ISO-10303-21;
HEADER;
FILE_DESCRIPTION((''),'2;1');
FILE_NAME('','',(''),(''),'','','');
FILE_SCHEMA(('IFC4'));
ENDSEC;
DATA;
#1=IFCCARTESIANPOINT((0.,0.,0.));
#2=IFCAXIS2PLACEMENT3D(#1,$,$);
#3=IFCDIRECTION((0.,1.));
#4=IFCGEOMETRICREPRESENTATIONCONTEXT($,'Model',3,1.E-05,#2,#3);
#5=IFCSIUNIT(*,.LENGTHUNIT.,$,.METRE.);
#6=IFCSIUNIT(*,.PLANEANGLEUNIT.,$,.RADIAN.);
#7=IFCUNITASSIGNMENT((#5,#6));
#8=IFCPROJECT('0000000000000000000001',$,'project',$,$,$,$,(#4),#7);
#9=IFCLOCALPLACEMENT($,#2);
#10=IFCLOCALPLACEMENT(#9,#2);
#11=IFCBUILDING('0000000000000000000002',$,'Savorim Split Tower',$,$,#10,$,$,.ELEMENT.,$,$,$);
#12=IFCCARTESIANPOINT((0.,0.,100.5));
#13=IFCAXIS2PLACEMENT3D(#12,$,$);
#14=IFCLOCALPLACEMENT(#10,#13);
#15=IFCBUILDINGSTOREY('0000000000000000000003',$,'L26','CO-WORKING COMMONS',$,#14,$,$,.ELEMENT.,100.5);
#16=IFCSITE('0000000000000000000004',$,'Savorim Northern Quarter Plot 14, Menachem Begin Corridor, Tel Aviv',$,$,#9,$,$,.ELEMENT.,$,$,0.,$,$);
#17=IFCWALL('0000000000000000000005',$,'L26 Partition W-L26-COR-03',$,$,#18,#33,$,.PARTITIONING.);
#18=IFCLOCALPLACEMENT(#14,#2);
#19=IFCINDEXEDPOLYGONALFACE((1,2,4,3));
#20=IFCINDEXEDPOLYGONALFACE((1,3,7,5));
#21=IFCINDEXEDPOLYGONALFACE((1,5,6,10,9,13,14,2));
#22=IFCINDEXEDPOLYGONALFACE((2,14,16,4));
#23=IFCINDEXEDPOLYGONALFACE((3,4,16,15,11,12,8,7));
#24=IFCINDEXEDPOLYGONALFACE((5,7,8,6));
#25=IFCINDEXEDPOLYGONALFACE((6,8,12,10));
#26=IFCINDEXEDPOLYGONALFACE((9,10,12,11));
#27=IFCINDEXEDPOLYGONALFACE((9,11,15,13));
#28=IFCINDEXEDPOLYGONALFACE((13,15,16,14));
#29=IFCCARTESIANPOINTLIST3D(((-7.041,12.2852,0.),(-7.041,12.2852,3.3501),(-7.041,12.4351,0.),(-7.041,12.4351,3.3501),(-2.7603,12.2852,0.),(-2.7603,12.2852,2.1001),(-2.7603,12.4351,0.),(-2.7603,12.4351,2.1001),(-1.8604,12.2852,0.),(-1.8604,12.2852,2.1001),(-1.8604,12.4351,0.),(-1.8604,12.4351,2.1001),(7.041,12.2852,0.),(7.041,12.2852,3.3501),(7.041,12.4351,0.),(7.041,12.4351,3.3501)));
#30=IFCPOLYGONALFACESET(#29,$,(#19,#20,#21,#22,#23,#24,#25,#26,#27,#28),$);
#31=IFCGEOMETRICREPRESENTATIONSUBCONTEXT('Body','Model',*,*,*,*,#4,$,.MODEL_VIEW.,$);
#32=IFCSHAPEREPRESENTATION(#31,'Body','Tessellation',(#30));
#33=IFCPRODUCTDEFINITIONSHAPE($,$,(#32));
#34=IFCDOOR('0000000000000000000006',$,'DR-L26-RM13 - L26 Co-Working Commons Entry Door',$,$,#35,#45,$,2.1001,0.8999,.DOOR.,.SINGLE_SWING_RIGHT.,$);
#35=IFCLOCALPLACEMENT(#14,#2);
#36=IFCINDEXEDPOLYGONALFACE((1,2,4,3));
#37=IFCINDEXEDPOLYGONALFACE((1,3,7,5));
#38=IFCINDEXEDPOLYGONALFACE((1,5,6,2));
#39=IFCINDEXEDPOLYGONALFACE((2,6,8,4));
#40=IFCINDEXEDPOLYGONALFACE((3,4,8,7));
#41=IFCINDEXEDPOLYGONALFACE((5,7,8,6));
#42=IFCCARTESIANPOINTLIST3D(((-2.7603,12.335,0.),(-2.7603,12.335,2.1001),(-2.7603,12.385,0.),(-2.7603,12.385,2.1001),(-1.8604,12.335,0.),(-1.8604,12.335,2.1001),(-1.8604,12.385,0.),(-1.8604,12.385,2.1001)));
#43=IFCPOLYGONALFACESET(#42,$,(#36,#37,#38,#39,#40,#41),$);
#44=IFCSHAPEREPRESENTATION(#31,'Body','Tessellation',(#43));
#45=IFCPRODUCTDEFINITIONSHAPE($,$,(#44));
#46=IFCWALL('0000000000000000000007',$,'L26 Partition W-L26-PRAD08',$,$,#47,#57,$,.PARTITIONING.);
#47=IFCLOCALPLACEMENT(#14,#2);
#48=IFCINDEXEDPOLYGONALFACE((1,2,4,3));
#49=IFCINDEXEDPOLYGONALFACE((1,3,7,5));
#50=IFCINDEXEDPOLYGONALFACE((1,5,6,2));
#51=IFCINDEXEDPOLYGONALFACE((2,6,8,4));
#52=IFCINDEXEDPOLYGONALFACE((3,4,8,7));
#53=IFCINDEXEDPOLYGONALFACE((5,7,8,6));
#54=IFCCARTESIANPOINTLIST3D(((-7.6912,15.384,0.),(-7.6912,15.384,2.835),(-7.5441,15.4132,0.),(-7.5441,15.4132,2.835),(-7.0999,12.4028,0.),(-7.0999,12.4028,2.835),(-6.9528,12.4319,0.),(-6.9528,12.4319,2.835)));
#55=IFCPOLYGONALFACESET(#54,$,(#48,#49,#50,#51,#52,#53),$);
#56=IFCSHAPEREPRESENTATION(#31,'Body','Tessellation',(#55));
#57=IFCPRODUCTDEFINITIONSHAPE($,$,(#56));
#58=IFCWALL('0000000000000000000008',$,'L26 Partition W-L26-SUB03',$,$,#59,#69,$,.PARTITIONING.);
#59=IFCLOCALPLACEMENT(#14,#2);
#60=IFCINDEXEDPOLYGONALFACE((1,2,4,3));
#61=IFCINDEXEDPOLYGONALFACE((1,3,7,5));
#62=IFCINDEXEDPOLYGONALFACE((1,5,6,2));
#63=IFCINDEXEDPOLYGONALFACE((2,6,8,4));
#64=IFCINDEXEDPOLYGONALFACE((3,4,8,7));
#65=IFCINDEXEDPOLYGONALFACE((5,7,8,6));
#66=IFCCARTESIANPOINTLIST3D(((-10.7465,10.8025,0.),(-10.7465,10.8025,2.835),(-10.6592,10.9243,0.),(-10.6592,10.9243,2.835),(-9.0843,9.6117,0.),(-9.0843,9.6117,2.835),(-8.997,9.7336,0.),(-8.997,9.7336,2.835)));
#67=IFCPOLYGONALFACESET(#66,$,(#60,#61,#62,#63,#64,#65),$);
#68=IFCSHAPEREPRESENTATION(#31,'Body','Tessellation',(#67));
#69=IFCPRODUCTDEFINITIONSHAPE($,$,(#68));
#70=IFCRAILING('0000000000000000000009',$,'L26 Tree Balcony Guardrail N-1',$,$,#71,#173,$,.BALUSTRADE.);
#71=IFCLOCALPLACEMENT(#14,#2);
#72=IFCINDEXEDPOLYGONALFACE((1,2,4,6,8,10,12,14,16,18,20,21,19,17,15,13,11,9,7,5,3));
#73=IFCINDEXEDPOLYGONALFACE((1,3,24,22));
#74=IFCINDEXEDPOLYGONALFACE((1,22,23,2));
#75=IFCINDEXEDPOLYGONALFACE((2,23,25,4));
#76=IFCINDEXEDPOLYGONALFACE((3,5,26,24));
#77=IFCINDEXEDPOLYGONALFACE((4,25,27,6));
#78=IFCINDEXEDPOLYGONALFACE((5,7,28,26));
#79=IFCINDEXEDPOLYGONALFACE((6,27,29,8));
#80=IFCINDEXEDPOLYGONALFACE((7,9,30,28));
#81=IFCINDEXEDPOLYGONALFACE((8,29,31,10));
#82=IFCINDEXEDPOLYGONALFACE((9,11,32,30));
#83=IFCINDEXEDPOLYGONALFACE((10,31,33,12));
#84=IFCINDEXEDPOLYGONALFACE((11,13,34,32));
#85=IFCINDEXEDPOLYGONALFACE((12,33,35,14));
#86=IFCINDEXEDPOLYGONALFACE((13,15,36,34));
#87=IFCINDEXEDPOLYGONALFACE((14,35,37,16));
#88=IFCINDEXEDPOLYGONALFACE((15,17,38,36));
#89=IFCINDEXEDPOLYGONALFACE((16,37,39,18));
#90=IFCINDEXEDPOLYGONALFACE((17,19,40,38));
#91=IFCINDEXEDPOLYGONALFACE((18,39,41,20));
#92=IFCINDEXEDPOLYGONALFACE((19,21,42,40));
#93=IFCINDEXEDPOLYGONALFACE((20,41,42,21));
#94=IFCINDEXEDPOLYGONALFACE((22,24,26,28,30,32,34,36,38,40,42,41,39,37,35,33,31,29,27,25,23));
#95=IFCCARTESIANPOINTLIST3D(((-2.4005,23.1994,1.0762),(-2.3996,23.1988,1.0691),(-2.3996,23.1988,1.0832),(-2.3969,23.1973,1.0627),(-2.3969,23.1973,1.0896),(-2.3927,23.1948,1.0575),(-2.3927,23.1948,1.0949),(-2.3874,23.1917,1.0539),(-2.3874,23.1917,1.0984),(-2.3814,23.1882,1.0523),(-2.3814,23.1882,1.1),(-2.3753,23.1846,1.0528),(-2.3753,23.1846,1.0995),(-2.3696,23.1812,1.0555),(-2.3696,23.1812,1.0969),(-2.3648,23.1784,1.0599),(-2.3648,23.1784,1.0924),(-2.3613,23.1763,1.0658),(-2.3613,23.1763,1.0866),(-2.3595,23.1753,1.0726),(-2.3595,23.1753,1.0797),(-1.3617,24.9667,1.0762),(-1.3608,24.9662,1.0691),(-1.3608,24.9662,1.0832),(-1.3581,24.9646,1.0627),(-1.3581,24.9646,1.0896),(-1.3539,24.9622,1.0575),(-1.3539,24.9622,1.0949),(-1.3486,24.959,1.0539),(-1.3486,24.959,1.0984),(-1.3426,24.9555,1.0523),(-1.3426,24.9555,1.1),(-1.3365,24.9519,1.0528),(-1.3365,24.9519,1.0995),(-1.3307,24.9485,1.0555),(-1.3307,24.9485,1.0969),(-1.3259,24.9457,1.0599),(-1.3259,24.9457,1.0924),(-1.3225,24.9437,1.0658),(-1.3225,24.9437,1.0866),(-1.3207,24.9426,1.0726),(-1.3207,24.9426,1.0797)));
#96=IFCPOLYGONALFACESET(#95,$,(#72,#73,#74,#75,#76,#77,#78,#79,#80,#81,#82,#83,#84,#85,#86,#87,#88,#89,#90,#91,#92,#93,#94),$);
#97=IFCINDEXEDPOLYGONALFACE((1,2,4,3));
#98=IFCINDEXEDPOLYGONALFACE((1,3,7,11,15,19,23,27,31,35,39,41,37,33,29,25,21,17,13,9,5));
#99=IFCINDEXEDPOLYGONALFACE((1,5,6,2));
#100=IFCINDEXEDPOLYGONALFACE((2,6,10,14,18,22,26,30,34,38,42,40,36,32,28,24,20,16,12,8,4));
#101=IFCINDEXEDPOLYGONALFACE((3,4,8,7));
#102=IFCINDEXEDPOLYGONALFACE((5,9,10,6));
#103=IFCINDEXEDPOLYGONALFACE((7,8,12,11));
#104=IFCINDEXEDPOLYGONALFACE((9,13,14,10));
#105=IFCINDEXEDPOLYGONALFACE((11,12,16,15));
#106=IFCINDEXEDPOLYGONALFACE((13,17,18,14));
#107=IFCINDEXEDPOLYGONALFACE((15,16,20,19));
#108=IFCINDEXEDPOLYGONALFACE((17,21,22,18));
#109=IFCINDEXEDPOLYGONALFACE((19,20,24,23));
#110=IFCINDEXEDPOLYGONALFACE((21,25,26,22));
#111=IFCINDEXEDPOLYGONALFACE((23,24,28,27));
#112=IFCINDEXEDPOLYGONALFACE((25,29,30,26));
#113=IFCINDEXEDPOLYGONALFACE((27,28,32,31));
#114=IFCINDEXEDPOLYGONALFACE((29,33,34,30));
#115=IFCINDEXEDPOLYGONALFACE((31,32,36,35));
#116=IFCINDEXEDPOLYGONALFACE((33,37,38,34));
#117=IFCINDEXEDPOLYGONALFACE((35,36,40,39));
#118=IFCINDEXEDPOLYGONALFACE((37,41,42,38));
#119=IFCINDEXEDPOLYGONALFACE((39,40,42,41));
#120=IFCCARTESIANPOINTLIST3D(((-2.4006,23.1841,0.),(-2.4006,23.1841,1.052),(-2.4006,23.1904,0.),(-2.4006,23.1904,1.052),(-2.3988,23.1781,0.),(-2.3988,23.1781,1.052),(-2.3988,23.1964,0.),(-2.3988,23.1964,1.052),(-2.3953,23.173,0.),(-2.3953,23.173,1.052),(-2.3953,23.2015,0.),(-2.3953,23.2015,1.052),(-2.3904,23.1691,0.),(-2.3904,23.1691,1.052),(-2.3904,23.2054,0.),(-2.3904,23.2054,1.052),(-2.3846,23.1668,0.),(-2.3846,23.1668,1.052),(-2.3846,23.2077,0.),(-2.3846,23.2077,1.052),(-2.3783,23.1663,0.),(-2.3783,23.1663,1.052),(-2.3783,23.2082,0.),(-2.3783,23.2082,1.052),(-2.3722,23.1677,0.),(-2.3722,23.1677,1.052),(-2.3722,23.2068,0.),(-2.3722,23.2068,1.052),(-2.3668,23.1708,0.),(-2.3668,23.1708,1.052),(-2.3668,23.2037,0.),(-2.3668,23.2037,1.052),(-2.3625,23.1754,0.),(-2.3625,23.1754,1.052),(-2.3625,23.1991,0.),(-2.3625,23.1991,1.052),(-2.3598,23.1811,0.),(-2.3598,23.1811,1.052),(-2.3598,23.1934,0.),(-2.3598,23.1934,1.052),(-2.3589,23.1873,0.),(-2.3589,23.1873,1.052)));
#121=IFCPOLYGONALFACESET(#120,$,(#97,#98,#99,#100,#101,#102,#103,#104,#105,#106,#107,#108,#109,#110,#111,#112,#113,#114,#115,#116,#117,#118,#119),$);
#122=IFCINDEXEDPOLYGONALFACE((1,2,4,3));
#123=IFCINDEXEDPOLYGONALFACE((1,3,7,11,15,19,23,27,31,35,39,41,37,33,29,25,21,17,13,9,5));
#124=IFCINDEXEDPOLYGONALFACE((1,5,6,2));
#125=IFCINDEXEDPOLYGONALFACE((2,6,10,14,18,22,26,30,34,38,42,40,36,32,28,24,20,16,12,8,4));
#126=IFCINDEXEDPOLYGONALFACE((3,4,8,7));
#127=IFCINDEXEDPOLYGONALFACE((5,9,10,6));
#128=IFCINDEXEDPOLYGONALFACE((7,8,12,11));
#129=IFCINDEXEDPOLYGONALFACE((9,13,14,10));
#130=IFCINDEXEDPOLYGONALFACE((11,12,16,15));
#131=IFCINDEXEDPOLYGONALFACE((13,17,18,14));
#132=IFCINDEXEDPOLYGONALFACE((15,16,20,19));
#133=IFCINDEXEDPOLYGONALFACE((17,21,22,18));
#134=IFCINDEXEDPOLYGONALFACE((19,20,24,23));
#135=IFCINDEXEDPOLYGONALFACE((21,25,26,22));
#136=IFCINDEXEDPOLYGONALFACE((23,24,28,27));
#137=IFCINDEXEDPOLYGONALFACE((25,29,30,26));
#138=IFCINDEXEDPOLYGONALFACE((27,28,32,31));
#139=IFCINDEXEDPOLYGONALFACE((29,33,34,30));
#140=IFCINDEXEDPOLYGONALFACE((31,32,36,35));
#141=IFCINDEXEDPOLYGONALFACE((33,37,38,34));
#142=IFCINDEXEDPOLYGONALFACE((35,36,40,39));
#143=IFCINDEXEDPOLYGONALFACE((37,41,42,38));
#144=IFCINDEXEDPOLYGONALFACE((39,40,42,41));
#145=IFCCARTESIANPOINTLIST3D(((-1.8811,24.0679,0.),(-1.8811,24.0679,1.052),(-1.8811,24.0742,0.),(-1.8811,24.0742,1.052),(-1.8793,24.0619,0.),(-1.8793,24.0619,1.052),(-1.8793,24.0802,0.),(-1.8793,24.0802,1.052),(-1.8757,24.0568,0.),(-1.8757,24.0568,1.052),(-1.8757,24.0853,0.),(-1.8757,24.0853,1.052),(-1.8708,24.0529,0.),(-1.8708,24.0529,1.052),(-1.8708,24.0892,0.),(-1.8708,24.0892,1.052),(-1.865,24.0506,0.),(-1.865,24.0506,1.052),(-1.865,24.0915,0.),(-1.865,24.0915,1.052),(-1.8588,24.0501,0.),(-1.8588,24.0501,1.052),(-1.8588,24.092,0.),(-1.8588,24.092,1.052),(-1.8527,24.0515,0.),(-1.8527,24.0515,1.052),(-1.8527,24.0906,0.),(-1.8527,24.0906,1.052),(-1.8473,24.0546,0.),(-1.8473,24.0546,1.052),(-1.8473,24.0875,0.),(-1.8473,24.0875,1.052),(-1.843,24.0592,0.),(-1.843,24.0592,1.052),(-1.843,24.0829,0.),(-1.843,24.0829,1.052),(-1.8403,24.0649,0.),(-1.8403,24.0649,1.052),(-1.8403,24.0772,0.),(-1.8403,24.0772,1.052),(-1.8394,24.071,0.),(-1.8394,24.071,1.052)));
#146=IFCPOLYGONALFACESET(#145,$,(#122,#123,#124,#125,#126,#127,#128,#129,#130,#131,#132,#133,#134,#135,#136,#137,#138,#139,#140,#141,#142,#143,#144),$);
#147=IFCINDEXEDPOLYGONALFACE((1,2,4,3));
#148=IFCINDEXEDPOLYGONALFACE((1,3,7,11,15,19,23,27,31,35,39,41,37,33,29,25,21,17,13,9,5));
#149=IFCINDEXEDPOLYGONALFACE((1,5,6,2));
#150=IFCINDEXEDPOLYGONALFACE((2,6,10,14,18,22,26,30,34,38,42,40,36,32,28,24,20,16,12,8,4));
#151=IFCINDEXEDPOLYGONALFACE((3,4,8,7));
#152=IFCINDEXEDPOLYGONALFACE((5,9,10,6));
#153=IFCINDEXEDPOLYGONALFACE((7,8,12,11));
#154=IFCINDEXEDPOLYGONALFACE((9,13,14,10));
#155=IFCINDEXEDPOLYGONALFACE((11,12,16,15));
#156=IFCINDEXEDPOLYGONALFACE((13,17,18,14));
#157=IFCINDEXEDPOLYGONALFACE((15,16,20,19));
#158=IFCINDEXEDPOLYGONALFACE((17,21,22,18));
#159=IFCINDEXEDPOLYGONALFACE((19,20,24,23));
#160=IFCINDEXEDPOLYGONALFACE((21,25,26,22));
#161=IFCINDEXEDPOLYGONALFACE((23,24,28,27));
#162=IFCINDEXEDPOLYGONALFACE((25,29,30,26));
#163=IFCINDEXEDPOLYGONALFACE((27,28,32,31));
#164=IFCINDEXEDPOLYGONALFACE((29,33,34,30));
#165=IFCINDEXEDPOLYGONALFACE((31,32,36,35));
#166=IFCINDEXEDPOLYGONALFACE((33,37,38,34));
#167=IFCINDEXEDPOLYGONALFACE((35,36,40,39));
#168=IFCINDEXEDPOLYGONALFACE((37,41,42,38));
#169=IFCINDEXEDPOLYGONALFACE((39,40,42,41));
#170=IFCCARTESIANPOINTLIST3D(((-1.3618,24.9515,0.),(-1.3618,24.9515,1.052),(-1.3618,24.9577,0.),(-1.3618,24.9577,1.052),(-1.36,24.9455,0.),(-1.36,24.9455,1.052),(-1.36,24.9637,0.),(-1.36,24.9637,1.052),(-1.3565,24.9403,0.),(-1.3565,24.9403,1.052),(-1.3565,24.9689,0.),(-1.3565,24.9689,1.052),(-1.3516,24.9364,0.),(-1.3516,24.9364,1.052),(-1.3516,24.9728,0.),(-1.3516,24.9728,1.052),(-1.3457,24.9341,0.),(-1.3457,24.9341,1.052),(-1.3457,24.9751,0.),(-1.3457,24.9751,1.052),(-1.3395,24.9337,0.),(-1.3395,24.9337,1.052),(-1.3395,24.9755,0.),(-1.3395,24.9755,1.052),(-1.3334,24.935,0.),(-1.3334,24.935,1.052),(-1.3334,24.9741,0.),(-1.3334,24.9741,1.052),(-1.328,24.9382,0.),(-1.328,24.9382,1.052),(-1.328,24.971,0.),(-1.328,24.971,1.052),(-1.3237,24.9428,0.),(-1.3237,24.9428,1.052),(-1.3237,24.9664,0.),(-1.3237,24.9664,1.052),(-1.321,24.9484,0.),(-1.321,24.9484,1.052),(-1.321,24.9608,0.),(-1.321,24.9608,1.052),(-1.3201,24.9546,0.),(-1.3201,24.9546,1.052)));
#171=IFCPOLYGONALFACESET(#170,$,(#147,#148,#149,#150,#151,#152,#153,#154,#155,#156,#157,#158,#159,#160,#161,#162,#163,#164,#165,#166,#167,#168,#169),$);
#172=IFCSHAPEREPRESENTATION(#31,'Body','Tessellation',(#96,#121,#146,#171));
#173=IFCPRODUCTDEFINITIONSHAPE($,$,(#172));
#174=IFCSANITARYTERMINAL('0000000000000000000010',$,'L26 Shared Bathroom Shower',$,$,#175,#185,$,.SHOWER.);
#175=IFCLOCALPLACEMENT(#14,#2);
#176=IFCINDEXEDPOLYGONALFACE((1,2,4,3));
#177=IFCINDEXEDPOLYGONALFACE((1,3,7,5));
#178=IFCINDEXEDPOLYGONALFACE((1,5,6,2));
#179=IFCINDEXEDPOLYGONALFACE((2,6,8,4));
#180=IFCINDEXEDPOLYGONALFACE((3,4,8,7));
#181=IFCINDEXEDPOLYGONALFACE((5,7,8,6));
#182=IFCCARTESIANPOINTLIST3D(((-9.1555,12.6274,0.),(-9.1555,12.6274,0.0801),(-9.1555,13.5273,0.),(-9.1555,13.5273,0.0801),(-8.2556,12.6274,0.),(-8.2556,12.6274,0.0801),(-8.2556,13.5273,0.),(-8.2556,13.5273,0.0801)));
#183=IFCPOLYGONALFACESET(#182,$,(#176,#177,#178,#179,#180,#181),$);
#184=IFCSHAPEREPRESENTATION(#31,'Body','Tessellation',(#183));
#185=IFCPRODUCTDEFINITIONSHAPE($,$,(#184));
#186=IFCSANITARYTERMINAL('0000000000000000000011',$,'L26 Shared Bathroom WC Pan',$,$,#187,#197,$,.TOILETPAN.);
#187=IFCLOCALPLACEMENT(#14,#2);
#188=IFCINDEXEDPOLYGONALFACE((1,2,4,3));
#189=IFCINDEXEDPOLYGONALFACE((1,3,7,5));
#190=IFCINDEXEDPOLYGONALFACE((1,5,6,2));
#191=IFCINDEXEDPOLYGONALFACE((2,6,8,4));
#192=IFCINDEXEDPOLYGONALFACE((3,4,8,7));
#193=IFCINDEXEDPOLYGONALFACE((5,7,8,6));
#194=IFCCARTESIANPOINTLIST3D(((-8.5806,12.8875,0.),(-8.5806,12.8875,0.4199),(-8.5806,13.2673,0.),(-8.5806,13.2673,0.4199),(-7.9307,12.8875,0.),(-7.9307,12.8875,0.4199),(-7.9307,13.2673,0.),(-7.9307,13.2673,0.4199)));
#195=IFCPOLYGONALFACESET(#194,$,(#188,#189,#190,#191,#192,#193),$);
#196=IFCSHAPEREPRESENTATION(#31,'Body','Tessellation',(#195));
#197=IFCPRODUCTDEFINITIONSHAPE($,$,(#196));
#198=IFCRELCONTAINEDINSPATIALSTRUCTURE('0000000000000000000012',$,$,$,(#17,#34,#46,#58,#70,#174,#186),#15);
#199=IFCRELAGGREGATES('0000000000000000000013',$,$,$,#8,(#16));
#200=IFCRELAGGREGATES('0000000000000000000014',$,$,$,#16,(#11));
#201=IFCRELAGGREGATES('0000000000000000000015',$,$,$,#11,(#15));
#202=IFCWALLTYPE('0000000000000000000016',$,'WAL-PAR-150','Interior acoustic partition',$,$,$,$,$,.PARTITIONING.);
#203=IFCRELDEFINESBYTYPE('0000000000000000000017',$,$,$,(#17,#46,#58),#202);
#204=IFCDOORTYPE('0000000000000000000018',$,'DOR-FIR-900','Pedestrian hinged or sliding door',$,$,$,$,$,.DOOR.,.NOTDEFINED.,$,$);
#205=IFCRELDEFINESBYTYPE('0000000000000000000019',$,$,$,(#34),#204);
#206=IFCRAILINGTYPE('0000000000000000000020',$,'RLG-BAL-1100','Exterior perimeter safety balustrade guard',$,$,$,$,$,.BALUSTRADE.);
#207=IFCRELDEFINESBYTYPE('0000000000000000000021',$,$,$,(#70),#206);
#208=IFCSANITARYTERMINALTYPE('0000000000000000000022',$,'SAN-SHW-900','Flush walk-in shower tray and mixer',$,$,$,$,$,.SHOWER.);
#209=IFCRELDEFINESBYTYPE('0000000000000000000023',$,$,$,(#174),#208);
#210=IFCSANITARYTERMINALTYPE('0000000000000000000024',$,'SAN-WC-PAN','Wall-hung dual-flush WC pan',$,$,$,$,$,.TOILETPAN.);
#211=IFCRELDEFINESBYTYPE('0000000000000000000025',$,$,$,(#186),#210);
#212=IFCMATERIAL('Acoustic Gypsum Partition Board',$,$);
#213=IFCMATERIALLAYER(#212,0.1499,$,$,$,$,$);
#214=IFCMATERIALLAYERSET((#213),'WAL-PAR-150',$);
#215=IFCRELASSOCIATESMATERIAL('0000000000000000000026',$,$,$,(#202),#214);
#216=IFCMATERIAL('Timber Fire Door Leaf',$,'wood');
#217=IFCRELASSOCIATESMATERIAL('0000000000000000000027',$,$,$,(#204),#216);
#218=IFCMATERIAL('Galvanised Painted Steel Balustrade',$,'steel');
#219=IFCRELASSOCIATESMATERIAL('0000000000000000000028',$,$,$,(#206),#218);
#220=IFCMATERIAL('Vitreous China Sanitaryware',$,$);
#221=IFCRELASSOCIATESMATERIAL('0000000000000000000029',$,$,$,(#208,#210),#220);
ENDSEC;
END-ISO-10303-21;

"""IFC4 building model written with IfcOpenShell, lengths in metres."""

from ifc_helpers import new_model, si_unit, direction, frame, frame_2d, origin, origin_2d, place, context, subcontext, project, spatial, rectangle, circle, extrude, material, layer, layer_set, type_object, element, fill, save


model = new_model("IFC4")

# Units and contexts
model_context = context("Model", 3, precision=1e-05, world=origin(), true_north=direction((0.0, 1.0)))
body_context = subcontext(model_context, "Body", "Model", "MODEL_VIEW")
ifc_project = project(units=[si_unit("LENGTHUNIT", "METRE"), si_unit("PLANEANGLEUNIT", "RADIAN")], contexts=[model_context])

# Site, building, storey
site_placement = place(None, origin())
site = spatial("IfcSite", under=ifc_project, at=site_placement, Name="Savorim Northern Quarter Plot 14, Menachem Begin Corridor, Tel Aviv", CompositionType="ELEMENT", RefElevation=0.0)
building_placement = place(site_placement, origin())
building = spatial("IfcBuilding", under=site, at=building_placement, Name="Savorim Split Tower", CompositionType="ELEMENT")
storey_placement = place(building_placement, frame((0.0, 0.0, 100.5)))
storey = spatial("IfcBuildingStorey", under=building, at=storey_placement, Name="L26", Description="CO-WORKING COMMONS", CompositionType="ELEMENT", Elevation=100.5)

# Wall, opening, door
ifc_material_1 = material(Name="Acoustic Gypsum Partition Board")
ifc_layer_1 = layer(ifc_material_1, 0.1499)
ifc_layer_set_1 = layer_set([ifc_layer_1], Name="WAL-PAR-150")
wall_type_1 = type_object("IfcWallType", Name="WAL-PAR-150", Description="Interior acoustic partition", PredefinedType="PARTITIONING", material=ifc_layer_set_1)
wall_1_placement = place(storey_placement, frame((-7.041, 12.3601, 0.0), z_axis=(0.0, 0.0, 1.0), x_axis=(1.0, 0.0, 0.0)))
wall_1 = element("IfcWall", 1, at=wall_1_placement, inside=storey, type_object=wall_type_1, Name="L26 Partition W-L26-COR-03", PredefinedType="PARTITIONING", context=body_context, shape_type="SweptSolid", body=[
    extrude(rectangle(XDim=14.082, YDim=0.1499, at=frame_2d((7.041, 0.0))), origin(), (0.0, 0.0, 1.0), 3.3501),
])
opening_1_placement = place(wall_1_placement, frame((4.2808, 0.0, 0.0)))
opening_1 = element("IfcOpeningElement", 2, at=opening_1_placement, cuts=wall_1, PredefinedType="OPENING", context=body_context, shape_type="SweptSolid", body=[
    extrude(rectangle(XDim=0.8999, YDim=2.1001, at=frame_2d((0.45, 1.05))), frame((0.0, 0.085, 0.0), z_axis=(0.0, -1.0, 0.0), x_axis=(1.0, 0.0, 0.0)), (0.0, 0.0, 1.0), 0.1699),
])
ifc_material_2 = material(Name="Timber Fire Door Leaf", Category="wood")
door_type_1 = type_object("IfcDoorType", Name="DOR-FIR-900", Description="Pedestrian hinged or sliding door", OperationType="NOTDEFINED", PredefinedType="DOOR", material=ifc_material_2)
door_1_placement = place(opening_1_placement, origin())
door_1 = element("IfcDoor", 3, at=door_1_placement, inside=storey, type_object=door_type_1, Name="DR-L26-RM13 - L26 Co-Working Commons Entry Door", OperationType="SINGLE_SWING_RIGHT", OverallHeight=2.1001, OverallWidth=0.8999, PredefinedType="DOOR", context=body_context, shape_type="SweptSolid", body=[
    extrude(rectangle(XDim=0.8999, YDim=2.1001, at=frame_2d((0.45, 1.05))), frame((0.0, 0.0249, 0.0), z_axis=(0.0, -1.0, 0.0), x_axis=(1.0, 0.0, 0.0)), (0.0, 0.0, 1.0), 0.05),
])
fill(opening_1, door_1)

# Walls
wall_2_placement = place(storey_placement, frame((-7.0264, 12.4175, 0.0), z_axis=(0.0, 0.0, 1.0), x_axis=(-0.194556, 0.980891, 0.0)))
element("IfcWall", 4, at=wall_2_placement, inside=storey, type_object=wall_type_1, Name="L26 Partition W-L26-PRAD08", PredefinedType="PARTITIONING", context=body_context, shape_type="SweptSolid", body=[
    extrude(rectangle(XDim=3.0393, YDim=0.1499, at=frame_2d((1.5195, 0.0))), origin(), (0.0, 0.0, 1.0), 2.835),
])
wall_3_placement = place(storey_placement, frame((-9.0405, 9.6726, 0.0), z_axis=(0.0, 0.0, 1.0), x_axis=(-0.812934, 0.582356, 0.0)))
element("IfcWall", 5, at=wall_3_placement, inside=storey, type_object=wall_type_1, Name="L26 Partition W-L26-SUB03", PredefinedType="PARTITIONING", context=body_context, shape_type="SweptSolid", body=[
    extrude(rectangle(XDim=2.0447, YDim=0.1499, at=frame_2d((1.0225, 0.0))), origin(), (0.0, 0.0, 1.0), 2.835),
])

# Railing
ifc_material_3 = material(Name="Galvanised Painted Steel Balustrade", Category="steel")
railing_type = type_object("IfcRailingType", Name="RLG-BAL-1100", Description="Exterior perimeter safety balustrade guard", PredefinedType="BALUSTRADE", material=ifc_material_3)
railing_1_placement = place(storey_placement, frame((-2.3799, 23.1873, 0.0)))
element("IfcRailing", 6, at=railing_1_placement, inside=storey, type_object=railing_type, Name="L26 Tree Balcony Guardrail N-1", PredefinedType="BALUSTRADE", context=body_context, shape_type="SweptSolid", body=[
    extrude(circle(Radius=0.0239, at=origin_2d()), frame((0.0, 0.0, 1.0762), z_axis=(0.506734, 0.862103, 0.0), x_axis=(-0.862103, 0.506734, 0.0)), (0.0, 0.0, 1.0), 2.05),
    extrude(circle(Radius=0.021, at=origin_2d()), origin(), (0.0, 0.0, 1.0), 1.052),
    extrude(circle(Radius=0.021, at=origin_2d()), frame((0.5195, 0.8838, 0.0)), (0.0, 0.0, 1.0), 1.052),
    extrude(circle(Radius=0.021, at=origin_2d()), frame((1.0388, 1.7673, 0.0)), (0.0, 0.0, 1.0), 1.052),
])

# Sanitary terminals
ifc_material_4 = material(Name="Vitreous China Sanitaryware")
sanitary_terminal_type_1 = type_object("IfcSanitaryTerminalType", Name="SAN-SHW-900", Description="Flush walk-in shower tray and mixer", PredefinedType="SHOWER", material=ifc_material_4)
sanitary_terminal_1_placement = place(storey_placement, frame((-8.7056, 13.0774, 0.0), z_axis=(0.0, 0.0, 1.0), x_axis=(1.0, 0.0, 0.0)))
element("IfcSanitaryTerminal", 7, at=sanitary_terminal_1_placement, inside=storey, type_object=sanitary_terminal_type_1, Name="L26 Shared Bathroom Shower", PredefinedType="SHOWER", context=body_context, shape_type="SweptSolid", body=[
    extrude(rectangle(XDim=0.8999, YDim=0.8999, at=origin_2d()), origin(), (0.0, 0.0, 1.0), 0.0801),
])
sanitary_terminal_type_2 = type_object("IfcSanitaryTerminalType", Name="SAN-WC-PAN", Description="Wall-hung dual-flush WC pan", PredefinedType="TOILETPAN", material=ifc_material_4)
sanitary_terminal_2_placement = place(storey_placement, frame((-8.2556, 13.0774, 0.0), z_axis=(0.0, 0.0, 1.0), x_axis=(1.0, 0.0, 0.0)))
element("IfcSanitaryTerminal", 8, at=sanitary_terminal_2_placement, inside=storey, type_object=sanitary_terminal_type_2, Name="L26 Shared Bathroom WC Pan", PredefinedType="TOILETPAN", context=body_context, shape_type="SweptSolid", body=[
    extrude(rectangle(XDim=0.6499, YDim=0.3799, at=origin_2d()), origin(), (0.0, 0.0, 1.0), 0.4199),
])

save(model, "model.ifc")
